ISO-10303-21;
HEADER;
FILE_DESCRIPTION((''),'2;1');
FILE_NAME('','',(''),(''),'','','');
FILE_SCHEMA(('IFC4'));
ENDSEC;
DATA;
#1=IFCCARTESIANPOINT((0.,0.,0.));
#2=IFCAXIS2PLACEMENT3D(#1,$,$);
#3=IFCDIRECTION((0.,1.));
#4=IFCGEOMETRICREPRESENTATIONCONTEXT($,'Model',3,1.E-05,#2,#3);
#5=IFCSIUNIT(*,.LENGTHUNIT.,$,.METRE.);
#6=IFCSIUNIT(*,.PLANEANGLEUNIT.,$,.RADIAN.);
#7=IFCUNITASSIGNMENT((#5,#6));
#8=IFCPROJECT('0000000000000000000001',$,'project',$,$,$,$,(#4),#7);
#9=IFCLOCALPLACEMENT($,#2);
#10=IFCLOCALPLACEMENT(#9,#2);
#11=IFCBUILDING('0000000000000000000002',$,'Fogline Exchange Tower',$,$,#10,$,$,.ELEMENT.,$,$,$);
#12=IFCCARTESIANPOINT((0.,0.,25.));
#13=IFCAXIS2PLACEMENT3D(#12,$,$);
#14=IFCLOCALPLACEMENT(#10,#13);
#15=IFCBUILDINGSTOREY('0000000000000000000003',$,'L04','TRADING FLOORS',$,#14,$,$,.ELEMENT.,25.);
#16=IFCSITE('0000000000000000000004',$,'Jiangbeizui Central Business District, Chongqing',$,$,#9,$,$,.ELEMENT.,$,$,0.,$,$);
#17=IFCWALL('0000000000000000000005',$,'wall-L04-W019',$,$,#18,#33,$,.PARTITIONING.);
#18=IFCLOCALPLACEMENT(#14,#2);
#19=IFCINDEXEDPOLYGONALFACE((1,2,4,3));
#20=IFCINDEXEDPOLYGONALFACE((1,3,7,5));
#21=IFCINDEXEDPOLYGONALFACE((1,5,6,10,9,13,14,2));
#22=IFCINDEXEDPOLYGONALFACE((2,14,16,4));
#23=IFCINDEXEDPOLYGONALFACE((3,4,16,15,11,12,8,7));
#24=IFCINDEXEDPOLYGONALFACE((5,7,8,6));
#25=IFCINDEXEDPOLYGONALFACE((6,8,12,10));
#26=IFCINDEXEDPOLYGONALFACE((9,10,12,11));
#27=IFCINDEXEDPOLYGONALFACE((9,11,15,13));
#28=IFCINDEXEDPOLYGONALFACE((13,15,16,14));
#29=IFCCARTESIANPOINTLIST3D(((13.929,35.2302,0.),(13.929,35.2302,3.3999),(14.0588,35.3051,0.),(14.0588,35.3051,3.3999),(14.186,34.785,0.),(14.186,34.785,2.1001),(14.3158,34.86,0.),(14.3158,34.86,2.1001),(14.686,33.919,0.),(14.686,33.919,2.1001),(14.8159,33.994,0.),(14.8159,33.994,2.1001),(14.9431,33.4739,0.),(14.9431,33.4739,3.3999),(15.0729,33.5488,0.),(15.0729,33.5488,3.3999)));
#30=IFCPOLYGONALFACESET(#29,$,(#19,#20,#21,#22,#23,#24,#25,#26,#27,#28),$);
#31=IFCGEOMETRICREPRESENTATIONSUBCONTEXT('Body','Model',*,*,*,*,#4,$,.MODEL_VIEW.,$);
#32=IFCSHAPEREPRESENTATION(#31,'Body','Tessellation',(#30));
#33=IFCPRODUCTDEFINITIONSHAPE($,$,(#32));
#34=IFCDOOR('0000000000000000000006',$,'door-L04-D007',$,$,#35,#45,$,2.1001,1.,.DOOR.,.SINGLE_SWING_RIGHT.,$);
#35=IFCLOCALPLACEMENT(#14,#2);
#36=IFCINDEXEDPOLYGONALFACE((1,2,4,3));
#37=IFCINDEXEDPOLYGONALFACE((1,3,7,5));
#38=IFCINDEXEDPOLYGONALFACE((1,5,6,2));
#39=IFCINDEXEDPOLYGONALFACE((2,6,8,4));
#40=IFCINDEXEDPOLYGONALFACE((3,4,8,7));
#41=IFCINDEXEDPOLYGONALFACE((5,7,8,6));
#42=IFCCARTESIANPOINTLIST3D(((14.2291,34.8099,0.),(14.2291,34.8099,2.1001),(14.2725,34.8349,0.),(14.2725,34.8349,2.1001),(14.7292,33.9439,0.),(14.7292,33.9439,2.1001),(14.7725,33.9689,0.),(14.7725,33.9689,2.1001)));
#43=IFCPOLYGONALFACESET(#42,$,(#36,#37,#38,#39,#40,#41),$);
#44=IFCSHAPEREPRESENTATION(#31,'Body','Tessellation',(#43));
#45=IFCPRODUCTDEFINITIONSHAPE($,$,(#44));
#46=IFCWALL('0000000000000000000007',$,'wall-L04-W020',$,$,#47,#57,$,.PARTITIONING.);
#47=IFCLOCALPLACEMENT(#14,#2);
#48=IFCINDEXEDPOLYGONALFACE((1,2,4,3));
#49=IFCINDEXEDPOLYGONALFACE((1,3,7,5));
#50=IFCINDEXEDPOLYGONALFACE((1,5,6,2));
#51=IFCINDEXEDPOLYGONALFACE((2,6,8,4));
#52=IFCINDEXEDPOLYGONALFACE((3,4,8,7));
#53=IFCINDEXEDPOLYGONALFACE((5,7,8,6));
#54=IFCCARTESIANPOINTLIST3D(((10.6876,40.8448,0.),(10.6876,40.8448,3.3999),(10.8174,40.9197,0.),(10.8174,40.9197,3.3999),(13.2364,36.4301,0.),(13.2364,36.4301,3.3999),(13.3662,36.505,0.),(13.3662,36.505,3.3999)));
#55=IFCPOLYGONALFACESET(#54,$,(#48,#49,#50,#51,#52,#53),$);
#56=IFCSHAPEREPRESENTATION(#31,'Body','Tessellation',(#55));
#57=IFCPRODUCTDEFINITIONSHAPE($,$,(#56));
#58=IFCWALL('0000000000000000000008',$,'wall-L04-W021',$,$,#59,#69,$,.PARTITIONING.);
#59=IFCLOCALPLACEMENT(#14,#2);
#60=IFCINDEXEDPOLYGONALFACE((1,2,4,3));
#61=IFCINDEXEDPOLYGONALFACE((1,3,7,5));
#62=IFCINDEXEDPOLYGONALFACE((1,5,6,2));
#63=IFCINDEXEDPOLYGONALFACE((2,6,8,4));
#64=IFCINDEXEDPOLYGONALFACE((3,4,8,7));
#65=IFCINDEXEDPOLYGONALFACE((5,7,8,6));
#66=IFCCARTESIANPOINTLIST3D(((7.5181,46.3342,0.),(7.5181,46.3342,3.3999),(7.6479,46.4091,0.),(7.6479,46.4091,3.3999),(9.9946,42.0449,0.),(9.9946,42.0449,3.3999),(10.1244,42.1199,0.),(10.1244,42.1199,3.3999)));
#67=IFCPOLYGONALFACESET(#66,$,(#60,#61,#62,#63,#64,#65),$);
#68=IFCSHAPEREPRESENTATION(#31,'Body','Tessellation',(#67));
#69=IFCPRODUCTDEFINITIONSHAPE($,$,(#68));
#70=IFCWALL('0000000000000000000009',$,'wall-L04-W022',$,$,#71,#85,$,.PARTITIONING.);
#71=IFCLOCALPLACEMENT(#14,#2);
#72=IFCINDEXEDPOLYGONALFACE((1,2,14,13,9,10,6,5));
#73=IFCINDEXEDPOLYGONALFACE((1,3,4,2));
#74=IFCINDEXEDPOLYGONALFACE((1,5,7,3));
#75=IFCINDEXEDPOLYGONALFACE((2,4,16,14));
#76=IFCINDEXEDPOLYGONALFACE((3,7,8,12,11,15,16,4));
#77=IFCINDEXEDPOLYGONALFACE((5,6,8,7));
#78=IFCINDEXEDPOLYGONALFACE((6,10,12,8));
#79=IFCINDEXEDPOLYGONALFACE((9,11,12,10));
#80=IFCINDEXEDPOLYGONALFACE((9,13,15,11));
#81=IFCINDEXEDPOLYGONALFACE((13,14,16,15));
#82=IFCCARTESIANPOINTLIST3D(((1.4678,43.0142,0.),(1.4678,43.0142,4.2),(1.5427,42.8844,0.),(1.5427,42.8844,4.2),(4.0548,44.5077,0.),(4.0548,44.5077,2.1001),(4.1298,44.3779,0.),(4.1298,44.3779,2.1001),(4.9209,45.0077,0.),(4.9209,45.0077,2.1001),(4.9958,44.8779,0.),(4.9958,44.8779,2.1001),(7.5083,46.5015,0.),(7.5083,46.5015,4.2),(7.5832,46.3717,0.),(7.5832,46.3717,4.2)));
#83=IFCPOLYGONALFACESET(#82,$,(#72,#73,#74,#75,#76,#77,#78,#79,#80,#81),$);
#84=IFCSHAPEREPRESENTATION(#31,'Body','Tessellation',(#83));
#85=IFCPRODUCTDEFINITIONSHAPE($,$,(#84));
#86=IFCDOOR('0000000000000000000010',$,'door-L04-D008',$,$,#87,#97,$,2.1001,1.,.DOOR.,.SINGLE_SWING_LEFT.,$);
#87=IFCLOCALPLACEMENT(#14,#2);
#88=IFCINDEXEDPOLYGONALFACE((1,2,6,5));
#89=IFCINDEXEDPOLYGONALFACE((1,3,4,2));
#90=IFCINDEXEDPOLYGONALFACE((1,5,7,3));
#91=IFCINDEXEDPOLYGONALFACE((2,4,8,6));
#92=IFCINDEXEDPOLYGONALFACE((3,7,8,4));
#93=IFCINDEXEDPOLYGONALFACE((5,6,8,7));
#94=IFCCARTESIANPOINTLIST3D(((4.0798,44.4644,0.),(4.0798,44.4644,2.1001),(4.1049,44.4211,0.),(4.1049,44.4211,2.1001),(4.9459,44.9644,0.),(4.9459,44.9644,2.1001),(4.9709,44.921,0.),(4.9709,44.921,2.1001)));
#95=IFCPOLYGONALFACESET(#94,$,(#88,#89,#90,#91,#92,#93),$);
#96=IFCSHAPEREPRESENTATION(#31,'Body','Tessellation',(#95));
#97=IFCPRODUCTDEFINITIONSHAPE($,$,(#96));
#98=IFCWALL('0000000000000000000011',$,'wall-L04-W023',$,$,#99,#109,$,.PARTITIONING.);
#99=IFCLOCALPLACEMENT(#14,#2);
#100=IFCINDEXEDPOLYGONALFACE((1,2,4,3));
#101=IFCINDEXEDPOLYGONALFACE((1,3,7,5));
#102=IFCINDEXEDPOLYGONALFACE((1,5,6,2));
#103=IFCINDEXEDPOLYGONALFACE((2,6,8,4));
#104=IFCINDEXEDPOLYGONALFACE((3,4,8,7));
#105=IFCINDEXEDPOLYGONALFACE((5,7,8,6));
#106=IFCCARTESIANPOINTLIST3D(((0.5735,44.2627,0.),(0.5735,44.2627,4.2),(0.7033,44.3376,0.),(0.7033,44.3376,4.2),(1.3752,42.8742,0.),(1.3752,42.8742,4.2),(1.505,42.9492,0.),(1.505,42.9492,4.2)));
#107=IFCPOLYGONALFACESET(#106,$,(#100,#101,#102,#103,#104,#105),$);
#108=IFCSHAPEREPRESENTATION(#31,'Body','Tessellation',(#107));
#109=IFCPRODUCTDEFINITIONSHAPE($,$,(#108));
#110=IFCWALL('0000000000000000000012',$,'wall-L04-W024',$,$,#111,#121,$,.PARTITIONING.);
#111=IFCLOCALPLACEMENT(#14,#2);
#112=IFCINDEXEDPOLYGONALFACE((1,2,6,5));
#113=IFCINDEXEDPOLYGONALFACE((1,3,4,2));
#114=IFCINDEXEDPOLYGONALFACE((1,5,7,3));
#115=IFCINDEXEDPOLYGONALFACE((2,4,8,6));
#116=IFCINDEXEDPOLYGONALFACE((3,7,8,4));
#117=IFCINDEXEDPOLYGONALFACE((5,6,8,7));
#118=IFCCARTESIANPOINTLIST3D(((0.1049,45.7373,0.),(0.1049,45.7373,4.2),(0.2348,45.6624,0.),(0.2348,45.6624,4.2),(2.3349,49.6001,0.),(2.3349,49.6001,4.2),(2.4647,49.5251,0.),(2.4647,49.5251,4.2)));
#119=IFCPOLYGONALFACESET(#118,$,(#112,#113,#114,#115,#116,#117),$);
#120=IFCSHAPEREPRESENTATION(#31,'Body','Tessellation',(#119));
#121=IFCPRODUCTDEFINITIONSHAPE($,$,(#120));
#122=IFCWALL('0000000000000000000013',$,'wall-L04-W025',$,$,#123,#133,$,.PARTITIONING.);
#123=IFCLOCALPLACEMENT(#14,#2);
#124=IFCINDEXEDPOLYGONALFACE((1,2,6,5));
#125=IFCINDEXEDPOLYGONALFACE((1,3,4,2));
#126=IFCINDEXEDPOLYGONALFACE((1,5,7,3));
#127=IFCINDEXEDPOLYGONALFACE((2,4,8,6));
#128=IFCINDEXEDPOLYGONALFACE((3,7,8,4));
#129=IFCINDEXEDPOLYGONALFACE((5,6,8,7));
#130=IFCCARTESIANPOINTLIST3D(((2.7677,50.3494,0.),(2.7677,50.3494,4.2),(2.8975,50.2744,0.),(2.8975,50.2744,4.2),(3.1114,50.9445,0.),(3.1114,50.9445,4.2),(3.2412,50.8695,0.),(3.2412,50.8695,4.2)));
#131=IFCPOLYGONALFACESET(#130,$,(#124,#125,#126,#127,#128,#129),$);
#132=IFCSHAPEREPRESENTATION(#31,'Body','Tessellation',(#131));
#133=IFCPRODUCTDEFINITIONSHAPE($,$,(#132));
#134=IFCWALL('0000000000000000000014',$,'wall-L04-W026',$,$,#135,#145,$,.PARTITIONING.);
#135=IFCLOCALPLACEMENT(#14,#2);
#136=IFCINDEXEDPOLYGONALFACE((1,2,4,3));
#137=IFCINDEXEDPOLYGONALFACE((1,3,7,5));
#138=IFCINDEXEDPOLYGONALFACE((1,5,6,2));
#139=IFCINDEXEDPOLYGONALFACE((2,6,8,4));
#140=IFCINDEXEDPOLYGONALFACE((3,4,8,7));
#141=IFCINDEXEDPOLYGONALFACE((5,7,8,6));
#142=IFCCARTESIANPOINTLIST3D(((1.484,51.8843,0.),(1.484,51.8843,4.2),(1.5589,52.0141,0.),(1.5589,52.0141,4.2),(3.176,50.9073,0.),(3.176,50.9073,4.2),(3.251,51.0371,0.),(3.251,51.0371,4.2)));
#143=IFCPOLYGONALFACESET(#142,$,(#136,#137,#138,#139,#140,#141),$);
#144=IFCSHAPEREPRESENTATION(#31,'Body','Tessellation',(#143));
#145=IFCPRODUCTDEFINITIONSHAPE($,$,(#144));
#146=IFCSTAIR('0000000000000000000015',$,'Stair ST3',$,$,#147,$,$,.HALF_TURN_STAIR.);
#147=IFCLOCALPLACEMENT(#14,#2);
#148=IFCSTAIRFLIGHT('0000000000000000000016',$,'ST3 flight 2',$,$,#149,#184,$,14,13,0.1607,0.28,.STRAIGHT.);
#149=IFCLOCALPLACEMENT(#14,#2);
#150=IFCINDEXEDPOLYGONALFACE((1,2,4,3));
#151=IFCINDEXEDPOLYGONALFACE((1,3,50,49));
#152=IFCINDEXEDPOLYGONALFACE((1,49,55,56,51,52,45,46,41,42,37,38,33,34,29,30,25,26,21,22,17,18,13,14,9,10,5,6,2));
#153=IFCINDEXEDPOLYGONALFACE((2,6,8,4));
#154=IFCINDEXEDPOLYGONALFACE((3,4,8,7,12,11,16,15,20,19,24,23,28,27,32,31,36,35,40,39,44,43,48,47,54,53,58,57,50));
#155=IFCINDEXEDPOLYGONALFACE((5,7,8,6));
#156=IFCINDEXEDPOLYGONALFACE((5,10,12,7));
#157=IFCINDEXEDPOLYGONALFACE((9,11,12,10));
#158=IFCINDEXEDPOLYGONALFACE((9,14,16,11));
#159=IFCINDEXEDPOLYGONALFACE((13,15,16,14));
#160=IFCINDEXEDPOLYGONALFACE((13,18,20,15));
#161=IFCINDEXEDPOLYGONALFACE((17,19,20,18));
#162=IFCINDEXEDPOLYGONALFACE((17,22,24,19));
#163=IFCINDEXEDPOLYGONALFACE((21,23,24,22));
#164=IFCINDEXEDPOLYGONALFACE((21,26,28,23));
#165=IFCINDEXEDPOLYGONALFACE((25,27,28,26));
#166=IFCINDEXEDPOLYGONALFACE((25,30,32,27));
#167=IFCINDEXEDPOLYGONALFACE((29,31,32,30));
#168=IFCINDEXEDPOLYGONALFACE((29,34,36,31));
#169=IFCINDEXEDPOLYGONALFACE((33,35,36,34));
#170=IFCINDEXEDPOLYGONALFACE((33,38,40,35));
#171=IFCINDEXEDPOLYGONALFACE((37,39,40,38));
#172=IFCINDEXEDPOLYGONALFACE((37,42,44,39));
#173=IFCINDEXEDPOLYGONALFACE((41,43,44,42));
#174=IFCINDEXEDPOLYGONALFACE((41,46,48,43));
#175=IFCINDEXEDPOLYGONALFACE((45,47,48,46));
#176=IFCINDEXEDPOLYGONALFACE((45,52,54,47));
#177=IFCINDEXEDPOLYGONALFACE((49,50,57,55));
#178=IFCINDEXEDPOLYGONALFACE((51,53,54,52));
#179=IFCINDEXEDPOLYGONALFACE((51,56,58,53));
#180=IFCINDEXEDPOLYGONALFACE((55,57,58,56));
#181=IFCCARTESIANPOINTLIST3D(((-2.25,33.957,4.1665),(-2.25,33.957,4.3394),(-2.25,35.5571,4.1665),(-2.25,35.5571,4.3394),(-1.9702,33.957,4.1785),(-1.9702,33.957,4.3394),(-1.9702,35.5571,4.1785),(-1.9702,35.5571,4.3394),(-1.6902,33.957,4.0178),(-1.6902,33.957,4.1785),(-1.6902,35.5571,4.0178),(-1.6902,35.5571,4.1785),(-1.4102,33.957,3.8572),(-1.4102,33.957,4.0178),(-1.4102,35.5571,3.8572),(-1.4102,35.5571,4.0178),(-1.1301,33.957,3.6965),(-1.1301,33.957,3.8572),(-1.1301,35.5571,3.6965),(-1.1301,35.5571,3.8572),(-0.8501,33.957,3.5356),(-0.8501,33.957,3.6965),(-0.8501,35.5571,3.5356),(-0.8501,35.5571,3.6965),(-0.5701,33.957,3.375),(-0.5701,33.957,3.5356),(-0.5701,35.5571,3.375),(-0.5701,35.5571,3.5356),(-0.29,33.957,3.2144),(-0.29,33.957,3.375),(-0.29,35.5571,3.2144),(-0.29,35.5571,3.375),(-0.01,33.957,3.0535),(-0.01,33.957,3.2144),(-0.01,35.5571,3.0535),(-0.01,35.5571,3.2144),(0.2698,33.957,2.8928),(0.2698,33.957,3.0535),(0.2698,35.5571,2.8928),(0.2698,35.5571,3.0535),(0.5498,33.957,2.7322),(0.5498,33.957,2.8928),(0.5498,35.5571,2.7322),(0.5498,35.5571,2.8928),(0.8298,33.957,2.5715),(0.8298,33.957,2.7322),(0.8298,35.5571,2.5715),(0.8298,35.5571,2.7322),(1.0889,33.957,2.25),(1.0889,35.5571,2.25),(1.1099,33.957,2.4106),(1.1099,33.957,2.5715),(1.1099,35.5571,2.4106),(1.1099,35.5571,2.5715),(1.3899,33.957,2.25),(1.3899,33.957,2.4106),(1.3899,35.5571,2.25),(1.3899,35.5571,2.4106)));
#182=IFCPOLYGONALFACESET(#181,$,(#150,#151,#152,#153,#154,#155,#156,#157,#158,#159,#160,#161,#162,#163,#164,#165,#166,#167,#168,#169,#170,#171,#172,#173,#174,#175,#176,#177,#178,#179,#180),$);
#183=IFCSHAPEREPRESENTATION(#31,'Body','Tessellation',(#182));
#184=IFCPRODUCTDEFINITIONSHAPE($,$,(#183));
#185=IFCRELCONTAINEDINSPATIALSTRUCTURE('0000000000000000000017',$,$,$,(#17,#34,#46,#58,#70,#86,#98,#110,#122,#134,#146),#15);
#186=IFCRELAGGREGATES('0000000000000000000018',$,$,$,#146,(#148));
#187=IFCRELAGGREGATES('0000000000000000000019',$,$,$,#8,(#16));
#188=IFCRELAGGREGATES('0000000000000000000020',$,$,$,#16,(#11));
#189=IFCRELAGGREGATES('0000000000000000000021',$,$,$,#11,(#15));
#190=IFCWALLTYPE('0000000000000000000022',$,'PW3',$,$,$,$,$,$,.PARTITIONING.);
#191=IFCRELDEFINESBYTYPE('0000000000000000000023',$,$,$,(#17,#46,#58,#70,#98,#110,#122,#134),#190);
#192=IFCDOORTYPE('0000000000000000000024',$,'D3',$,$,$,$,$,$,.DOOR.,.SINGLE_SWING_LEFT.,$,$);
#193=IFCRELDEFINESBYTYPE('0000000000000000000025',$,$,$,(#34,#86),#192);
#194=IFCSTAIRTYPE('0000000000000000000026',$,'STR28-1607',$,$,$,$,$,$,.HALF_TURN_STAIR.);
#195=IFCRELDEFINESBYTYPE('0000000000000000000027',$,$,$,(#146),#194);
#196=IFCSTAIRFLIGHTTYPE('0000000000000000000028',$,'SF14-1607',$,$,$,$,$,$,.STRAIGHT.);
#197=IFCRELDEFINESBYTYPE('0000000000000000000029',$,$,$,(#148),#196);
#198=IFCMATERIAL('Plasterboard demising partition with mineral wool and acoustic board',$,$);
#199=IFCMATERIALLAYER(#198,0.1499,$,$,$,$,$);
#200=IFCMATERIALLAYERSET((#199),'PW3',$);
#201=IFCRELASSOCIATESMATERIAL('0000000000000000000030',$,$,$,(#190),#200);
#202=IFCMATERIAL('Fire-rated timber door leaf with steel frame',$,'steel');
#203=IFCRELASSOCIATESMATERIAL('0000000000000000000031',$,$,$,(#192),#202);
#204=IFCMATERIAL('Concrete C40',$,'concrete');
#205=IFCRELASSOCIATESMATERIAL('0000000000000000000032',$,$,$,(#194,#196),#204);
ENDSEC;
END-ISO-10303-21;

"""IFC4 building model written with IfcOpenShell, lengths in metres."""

from ifc_helpers import new_model, si_unit, direction, frame, frame_2d, origin, place, context, subcontext, project, spatial, polyline, rectangle, outline, extrude, material, layer, layer_set, type_object, element, fill, aggregate, save


model = new_model("IFC4")

# Units and contexts
model_context = context("Model", 3, precision=1e-05, world=origin(), true_north=direction((0.0, 1.0)))
body_context = subcontext(model_context, "Body", "Model", "MODEL_VIEW")
ifc_project = project(units=[si_unit("LENGTHUNIT", "METRE"), si_unit("PLANEANGLEUNIT", "RADIAN")], contexts=[model_context])

# Site, building, storey
site_placement = place(None, origin())
site = spatial("IfcSite", under=ifc_project, at=site_placement, Name="Jiangbeizui Central Business District, Chongqing", CompositionType="ELEMENT", RefElevation=0.0)
building_placement = place(site_placement, origin())
building = spatial("IfcBuilding", under=site, at=building_placement, Name="Fogline Exchange Tower", CompositionType="ELEMENT")
storey_placement = place(building_placement, frame((0.0, 0.0, 25.0)))
storey = spatial("IfcBuildingStorey", under=building, at=storey_placement, Name="L04", Description="TRADING FLOORS", CompositionType="ELEMENT", Elevation=25.0)

# Shared definitions
ifc_material_1 = material(Name="Concrete C40", Category="concrete")

# Shared definitions
ifc_material_2 = material(Name="Plasterboard demising partition with mineral wool and acoustic board")
ifc_layer_1 = layer(ifc_material_2, 0.1499)
ifc_layer_set_1 = layer_set([ifc_layer_1], Name="PW3")
wall_type_1 = type_object("IfcWallType", Name="PW3", PredefinedType="PARTITIONING", material=ifc_layer_set_1)

# Wall, opening, door
wall_1_placement = place(storey_placement, frame((15.0081, 33.5112, 0.0), z_axis=(0.0, 0.0, 1.0), x_axis=(-0.500049, 0.865997, 0.0)))
wall_1 = element("IfcWall", 1, at=wall_1_placement, inside=storey, type_object=wall_type_1, Name="wall-L04-W019", PredefinedType="PARTITIONING", context=body_context, shape_type="SweptSolid", body=[
    extrude(rectangle(XDim=2.0281, YDim=0.1499, at=frame_2d((1.0142, 0.0))), origin(), (0.0, 0.0, 1.0), 3.3999),
])
opening_1_placement = place(wall_1_placement, frame((0.5142, 0.0, 0.0)))
opening_1 = element("IfcOpeningElement", 2, at=opening_1_placement, cuts=wall_1, PredefinedType="OPENING", context=body_context, shape_type="SweptSolid", body=[
    extrude(rectangle(XDim=1.0, YDim=2.1001, at=frame_2d((0.5, 1.05))), frame((0.0, 0.085, 0.0), z_axis=(0.0, -1.0, 0.0), x_axis=(1.0, 0.0, 0.0)), (0.0, 0.0, 1.0), 0.1699),
])
ifc_material_3 = material(Name="Fire-rated timber door leaf with steel frame", Category="steel")
door_type_1 = type_object("IfcDoorType", Name="D3", OperationType="SINGLE_SWING_LEFT", PredefinedType="DOOR", material=ifc_material_3)
door_1_placement = place(opening_1_placement, frame((1.0, 0.0, 0.0), z_axis=(0.0, 0.0, 1.0), x_axis=(-1.0, 0.0, 0.0)))
door_1 = element("IfcDoor", 3, at=door_1_placement, inside=storey, type_object=door_type_1, Name="door-L04-D007", OperationType="SINGLE_SWING_RIGHT", OverallHeight=2.1001, OverallWidth=1.0, PredefinedType="DOOR", context=body_context, shape_type="SweptSolid", body=[
    extrude(rectangle(XDim=1.0, YDim=2.1001, at=frame_2d((0.5, 1.05))), frame((0.0, 0.0249, 0.0), z_axis=(0.0, -1.0, 0.0), x_axis=(1.0, 0.0, 0.0)), (0.0, 0.0, 1.0), 0.05),
])
fill(opening_1, door_1)

# Walls
wall_2_placement = place(storey_placement, frame((13.3013, 36.4675, 0.0), z_axis=(0.0, 0.0, 1.0), x_axis=(-0.499992, 0.86603, 0.0)))
element("IfcWall", 4, at=wall_2_placement, inside=storey, type_object=wall_type_1, Name="wall-L04-W020", PredefinedType="PARTITIONING", context=body_context, shape_type="SweptSolid", body=[
    extrude(rectangle(XDim=5.0977, YDim=0.1499, at=frame_2d((2.5488, 0.0))), origin(), (0.0, 0.0, 1.0), 3.3999),
])
wall_3_placement = place(storey_placement, frame((10.0596, 42.0823, 0.0), z_axis=(0.0, 0.0, 1.0), x_axis=(-0.50002, 0.866014, 0.0)))
element("IfcWall", 5, at=wall_3_placement, inside=storey, type_object=wall_type_1, Name="wall-L04-W021", PredefinedType="PARTITIONING", context=body_context, shape_type="SweptSolid", body=[
    extrude(rectangle(XDim=4.9529, YDim=0.1499, at=frame_2d((2.4766, 0.0))), origin(), (0.0, 0.0, 1.0), 3.3999),
])

# Wall, opening, door
wall_4_placement = place(storey_placement, frame((7.5457, 46.4365, 0.0), z_axis=(0.0, 0.0, 1.0), x_axis=(-0.866038, -0.499979, 0.0)))
wall_4 = element("IfcWall", 6, at=wall_4_placement, inside=storey, type_object=wall_type_1, Name="wall-L04-W022", PredefinedType="PARTITIONING", context=body_context, shape_type="SweptSolid", body=[
    extrude(rectangle(XDim=6.9749, YDim=0.1499, at=frame_2d((3.4873, 0.0))), origin(), (0.0, 0.0, 1.0), 4.2),
])
opening_2_placement = place(wall_4_placement, frame((2.9875, 0.0, 0.0)))
opening_2 = element("IfcOpeningElement", 7, at=opening_2_placement, cuts=wall_4, PredefinedType="OPENING", context=body_context, shape_type="SweptSolid", body=[
    extrude(rectangle(XDim=1.0, YDim=2.1001, at=frame_2d((0.5, 1.05))), frame((0.0, 0.085, 0.0), z_axis=(0.0, -1.0, 0.0), x_axis=(1.0, 0.0, 0.0)), (0.0, 0.0, 1.0), 0.1699),
])
door_2_placement = place(opening_2_placement, frame((1.0, 0.0, 0.0), z_axis=(0.0, 0.0, 1.0), x_axis=(-1.0, 0.0, 0.0)))
door_2 = element("IfcDoor", 8, at=door_2_placement, inside=storey, type_object=door_type_1, Name="door-L04-D008", OperationType="SINGLE_SWING_LEFT", OverallHeight=2.1001, OverallWidth=1.0, PredefinedType="DOOR", context=body_context, shape_type="SweptSolid", body=[
    extrude(rectangle(XDim=1.0, YDim=2.1001, at=frame_2d((0.5, 1.05))), frame((0.0, 0.0249, 0.0), z_axis=(0.0, -1.0, 0.0), x_axis=(1.0, 0.0, 0.0)), (0.0, 0.0, 1.0), 0.05),
])
fill(opening_2, door_2)

# Walls
wall_5_placement = place(storey_placement, frame((1.4402, 42.9116, 0.0), z_axis=(0.0, 0.0, 1.0), x_axis=(-0.50007, 0.865985, 0.0)))
element("IfcWall", 9, at=wall_5_placement, inside=storey, type_object=wall_type_1, Name="wall-L04-W023", PredefinedType="PARTITIONING", context=body_context, shape_type="SweptSolid", body=[
    extrude(rectangle(XDim=1.6033, YDim=0.1499, at=frame_2d((0.8018, 0.0))), origin(), (0.0, 0.0, 1.0), 4.2),
])
wall_6_placement = place(storey_placement, frame((0.1699, 45.7, 0.0), z_axis=(0.0, 0.0, 1.0), x_axis=(0.499966, 0.866045, 0.0)))
element("IfcWall", 10, at=wall_6_placement, inside=storey, type_object=wall_type_1, Name="wall-L04-W024", PredefinedType="PARTITIONING", context=body_context, shape_type="SweptSolid", body=[
    extrude(rectangle(XDim=4.4602, YDim=0.1499, at=frame_2d((2.23, 0.0))), origin(), (0.0, 0.0, 1.0), 4.2),
])
wall_7_placement = place(storey_placement, frame((2.8325, 50.3118, 0.0), z_axis=(0.0, 0.0, 1.0), x_axis=(0.500112, 0.865961, 0.0)))
element("IfcWall", 11, at=wall_7_placement, inside=storey, type_object=wall_type_1, Name="wall-L04-W025", PredefinedType="PARTITIONING", context=body_context, shape_type="SweptSolid", body=[
    extrude(rectangle(XDim=0.6873, YDim=0.1499, at=frame_2d((0.3438, 0.0))), origin(), (0.0, 0.0, 1.0), 4.2),
])
wall_8_placement = place(storey_placement, frame((3.2136, 50.9722, 0.0), z_axis=(0.0, 0.0, 1.0), x_axis=(-0.866005, 0.500036, 0.0)))
element("IfcWall", 12, at=wall_8_placement, inside=storey, type_object=wall_type_1, Name="wall-L04-W026", PredefinedType="PARTITIONING", context=body_context, shape_type="SweptSolid", body=[
    extrude(rectangle(XDim=1.9539, YDim=0.1499, at=frame_2d((0.9771, 0.0))), origin(), (0.0, 0.0, 1.0), 4.2),
])

# Stair, stair flight
stair_type = type_object("IfcStairType", Name="STR28-1607", PredefinedType="HALF_TURN_STAIR", material=ifc_material_1)
stair_placement = place(storey_placement, origin())
stair = element("IfcStair", 13, at=stair_placement, inside=storey, type_object=stair_type, Name="Stair ST3", PredefinedType="HALF_TURN_STAIR")
stair_flight_type = type_object("IfcStairFlightType", Name="SF14-1607", PredefinedType="STRAIGHT", material=ifc_material_1)
stair_flight_placement = place(storey_placement, frame((1.3899, 34.7571, 2.25), z_axis=(0.0, 0.0, 1.0), x_axis=(-1.0, 0.0, 0.0)))
stair_flight = element("IfcStairFlight", 14, at=stair_flight_placement, type_object=stair_flight_type, Name="ST3 flight 2", NumberOfRisers=14, NumberOfTreads=13, PredefinedType="STRAIGHT", RiserHeight=0.1607, TreadLength=0.28, context=body_context, shape_type="SweptSolid", body=[
    extrude(outline(polyline([(0.0, 0.0), (0.0, 0.1606), (0.28, 0.1606), (0.28, 0.3215), (0.5601, 0.3215), (0.5601, 0.4822), (0.8401, 0.4822), (0.8401, 0.6428), (1.1201, 0.6428), (1.1201, 0.8035), (1.3999, 0.8035), (1.3999, 0.9644), (1.6799, 0.9644), (1.6799, 1.125), (1.96, 1.125), (1.96, 1.2856), (2.24, 1.2856), (2.24, 1.4465), (2.52, 1.4465), (2.52, 1.6072), (2.8, 1.6072), (2.8, 1.7678), (3.0801, 1.7678), (3.0801, 1.9285), (3.3601, 1.9285), (3.3601, 2.0894), (3.6399, 2.0894), (3.6399, 2.25), (3.6399, 1.9165), (0.301, 0.0), (0.0, 0.0)])), frame((0.0, 0.8, 0.0), z_axis=(0.0, -1.0, 0.0), x_axis=(1.0, 0.0, 0.0)), (0.0, 0.0, 1.0), 1.6001),
])
aggregate(stair, [stair_flight])

save(model, "model.ifc")
